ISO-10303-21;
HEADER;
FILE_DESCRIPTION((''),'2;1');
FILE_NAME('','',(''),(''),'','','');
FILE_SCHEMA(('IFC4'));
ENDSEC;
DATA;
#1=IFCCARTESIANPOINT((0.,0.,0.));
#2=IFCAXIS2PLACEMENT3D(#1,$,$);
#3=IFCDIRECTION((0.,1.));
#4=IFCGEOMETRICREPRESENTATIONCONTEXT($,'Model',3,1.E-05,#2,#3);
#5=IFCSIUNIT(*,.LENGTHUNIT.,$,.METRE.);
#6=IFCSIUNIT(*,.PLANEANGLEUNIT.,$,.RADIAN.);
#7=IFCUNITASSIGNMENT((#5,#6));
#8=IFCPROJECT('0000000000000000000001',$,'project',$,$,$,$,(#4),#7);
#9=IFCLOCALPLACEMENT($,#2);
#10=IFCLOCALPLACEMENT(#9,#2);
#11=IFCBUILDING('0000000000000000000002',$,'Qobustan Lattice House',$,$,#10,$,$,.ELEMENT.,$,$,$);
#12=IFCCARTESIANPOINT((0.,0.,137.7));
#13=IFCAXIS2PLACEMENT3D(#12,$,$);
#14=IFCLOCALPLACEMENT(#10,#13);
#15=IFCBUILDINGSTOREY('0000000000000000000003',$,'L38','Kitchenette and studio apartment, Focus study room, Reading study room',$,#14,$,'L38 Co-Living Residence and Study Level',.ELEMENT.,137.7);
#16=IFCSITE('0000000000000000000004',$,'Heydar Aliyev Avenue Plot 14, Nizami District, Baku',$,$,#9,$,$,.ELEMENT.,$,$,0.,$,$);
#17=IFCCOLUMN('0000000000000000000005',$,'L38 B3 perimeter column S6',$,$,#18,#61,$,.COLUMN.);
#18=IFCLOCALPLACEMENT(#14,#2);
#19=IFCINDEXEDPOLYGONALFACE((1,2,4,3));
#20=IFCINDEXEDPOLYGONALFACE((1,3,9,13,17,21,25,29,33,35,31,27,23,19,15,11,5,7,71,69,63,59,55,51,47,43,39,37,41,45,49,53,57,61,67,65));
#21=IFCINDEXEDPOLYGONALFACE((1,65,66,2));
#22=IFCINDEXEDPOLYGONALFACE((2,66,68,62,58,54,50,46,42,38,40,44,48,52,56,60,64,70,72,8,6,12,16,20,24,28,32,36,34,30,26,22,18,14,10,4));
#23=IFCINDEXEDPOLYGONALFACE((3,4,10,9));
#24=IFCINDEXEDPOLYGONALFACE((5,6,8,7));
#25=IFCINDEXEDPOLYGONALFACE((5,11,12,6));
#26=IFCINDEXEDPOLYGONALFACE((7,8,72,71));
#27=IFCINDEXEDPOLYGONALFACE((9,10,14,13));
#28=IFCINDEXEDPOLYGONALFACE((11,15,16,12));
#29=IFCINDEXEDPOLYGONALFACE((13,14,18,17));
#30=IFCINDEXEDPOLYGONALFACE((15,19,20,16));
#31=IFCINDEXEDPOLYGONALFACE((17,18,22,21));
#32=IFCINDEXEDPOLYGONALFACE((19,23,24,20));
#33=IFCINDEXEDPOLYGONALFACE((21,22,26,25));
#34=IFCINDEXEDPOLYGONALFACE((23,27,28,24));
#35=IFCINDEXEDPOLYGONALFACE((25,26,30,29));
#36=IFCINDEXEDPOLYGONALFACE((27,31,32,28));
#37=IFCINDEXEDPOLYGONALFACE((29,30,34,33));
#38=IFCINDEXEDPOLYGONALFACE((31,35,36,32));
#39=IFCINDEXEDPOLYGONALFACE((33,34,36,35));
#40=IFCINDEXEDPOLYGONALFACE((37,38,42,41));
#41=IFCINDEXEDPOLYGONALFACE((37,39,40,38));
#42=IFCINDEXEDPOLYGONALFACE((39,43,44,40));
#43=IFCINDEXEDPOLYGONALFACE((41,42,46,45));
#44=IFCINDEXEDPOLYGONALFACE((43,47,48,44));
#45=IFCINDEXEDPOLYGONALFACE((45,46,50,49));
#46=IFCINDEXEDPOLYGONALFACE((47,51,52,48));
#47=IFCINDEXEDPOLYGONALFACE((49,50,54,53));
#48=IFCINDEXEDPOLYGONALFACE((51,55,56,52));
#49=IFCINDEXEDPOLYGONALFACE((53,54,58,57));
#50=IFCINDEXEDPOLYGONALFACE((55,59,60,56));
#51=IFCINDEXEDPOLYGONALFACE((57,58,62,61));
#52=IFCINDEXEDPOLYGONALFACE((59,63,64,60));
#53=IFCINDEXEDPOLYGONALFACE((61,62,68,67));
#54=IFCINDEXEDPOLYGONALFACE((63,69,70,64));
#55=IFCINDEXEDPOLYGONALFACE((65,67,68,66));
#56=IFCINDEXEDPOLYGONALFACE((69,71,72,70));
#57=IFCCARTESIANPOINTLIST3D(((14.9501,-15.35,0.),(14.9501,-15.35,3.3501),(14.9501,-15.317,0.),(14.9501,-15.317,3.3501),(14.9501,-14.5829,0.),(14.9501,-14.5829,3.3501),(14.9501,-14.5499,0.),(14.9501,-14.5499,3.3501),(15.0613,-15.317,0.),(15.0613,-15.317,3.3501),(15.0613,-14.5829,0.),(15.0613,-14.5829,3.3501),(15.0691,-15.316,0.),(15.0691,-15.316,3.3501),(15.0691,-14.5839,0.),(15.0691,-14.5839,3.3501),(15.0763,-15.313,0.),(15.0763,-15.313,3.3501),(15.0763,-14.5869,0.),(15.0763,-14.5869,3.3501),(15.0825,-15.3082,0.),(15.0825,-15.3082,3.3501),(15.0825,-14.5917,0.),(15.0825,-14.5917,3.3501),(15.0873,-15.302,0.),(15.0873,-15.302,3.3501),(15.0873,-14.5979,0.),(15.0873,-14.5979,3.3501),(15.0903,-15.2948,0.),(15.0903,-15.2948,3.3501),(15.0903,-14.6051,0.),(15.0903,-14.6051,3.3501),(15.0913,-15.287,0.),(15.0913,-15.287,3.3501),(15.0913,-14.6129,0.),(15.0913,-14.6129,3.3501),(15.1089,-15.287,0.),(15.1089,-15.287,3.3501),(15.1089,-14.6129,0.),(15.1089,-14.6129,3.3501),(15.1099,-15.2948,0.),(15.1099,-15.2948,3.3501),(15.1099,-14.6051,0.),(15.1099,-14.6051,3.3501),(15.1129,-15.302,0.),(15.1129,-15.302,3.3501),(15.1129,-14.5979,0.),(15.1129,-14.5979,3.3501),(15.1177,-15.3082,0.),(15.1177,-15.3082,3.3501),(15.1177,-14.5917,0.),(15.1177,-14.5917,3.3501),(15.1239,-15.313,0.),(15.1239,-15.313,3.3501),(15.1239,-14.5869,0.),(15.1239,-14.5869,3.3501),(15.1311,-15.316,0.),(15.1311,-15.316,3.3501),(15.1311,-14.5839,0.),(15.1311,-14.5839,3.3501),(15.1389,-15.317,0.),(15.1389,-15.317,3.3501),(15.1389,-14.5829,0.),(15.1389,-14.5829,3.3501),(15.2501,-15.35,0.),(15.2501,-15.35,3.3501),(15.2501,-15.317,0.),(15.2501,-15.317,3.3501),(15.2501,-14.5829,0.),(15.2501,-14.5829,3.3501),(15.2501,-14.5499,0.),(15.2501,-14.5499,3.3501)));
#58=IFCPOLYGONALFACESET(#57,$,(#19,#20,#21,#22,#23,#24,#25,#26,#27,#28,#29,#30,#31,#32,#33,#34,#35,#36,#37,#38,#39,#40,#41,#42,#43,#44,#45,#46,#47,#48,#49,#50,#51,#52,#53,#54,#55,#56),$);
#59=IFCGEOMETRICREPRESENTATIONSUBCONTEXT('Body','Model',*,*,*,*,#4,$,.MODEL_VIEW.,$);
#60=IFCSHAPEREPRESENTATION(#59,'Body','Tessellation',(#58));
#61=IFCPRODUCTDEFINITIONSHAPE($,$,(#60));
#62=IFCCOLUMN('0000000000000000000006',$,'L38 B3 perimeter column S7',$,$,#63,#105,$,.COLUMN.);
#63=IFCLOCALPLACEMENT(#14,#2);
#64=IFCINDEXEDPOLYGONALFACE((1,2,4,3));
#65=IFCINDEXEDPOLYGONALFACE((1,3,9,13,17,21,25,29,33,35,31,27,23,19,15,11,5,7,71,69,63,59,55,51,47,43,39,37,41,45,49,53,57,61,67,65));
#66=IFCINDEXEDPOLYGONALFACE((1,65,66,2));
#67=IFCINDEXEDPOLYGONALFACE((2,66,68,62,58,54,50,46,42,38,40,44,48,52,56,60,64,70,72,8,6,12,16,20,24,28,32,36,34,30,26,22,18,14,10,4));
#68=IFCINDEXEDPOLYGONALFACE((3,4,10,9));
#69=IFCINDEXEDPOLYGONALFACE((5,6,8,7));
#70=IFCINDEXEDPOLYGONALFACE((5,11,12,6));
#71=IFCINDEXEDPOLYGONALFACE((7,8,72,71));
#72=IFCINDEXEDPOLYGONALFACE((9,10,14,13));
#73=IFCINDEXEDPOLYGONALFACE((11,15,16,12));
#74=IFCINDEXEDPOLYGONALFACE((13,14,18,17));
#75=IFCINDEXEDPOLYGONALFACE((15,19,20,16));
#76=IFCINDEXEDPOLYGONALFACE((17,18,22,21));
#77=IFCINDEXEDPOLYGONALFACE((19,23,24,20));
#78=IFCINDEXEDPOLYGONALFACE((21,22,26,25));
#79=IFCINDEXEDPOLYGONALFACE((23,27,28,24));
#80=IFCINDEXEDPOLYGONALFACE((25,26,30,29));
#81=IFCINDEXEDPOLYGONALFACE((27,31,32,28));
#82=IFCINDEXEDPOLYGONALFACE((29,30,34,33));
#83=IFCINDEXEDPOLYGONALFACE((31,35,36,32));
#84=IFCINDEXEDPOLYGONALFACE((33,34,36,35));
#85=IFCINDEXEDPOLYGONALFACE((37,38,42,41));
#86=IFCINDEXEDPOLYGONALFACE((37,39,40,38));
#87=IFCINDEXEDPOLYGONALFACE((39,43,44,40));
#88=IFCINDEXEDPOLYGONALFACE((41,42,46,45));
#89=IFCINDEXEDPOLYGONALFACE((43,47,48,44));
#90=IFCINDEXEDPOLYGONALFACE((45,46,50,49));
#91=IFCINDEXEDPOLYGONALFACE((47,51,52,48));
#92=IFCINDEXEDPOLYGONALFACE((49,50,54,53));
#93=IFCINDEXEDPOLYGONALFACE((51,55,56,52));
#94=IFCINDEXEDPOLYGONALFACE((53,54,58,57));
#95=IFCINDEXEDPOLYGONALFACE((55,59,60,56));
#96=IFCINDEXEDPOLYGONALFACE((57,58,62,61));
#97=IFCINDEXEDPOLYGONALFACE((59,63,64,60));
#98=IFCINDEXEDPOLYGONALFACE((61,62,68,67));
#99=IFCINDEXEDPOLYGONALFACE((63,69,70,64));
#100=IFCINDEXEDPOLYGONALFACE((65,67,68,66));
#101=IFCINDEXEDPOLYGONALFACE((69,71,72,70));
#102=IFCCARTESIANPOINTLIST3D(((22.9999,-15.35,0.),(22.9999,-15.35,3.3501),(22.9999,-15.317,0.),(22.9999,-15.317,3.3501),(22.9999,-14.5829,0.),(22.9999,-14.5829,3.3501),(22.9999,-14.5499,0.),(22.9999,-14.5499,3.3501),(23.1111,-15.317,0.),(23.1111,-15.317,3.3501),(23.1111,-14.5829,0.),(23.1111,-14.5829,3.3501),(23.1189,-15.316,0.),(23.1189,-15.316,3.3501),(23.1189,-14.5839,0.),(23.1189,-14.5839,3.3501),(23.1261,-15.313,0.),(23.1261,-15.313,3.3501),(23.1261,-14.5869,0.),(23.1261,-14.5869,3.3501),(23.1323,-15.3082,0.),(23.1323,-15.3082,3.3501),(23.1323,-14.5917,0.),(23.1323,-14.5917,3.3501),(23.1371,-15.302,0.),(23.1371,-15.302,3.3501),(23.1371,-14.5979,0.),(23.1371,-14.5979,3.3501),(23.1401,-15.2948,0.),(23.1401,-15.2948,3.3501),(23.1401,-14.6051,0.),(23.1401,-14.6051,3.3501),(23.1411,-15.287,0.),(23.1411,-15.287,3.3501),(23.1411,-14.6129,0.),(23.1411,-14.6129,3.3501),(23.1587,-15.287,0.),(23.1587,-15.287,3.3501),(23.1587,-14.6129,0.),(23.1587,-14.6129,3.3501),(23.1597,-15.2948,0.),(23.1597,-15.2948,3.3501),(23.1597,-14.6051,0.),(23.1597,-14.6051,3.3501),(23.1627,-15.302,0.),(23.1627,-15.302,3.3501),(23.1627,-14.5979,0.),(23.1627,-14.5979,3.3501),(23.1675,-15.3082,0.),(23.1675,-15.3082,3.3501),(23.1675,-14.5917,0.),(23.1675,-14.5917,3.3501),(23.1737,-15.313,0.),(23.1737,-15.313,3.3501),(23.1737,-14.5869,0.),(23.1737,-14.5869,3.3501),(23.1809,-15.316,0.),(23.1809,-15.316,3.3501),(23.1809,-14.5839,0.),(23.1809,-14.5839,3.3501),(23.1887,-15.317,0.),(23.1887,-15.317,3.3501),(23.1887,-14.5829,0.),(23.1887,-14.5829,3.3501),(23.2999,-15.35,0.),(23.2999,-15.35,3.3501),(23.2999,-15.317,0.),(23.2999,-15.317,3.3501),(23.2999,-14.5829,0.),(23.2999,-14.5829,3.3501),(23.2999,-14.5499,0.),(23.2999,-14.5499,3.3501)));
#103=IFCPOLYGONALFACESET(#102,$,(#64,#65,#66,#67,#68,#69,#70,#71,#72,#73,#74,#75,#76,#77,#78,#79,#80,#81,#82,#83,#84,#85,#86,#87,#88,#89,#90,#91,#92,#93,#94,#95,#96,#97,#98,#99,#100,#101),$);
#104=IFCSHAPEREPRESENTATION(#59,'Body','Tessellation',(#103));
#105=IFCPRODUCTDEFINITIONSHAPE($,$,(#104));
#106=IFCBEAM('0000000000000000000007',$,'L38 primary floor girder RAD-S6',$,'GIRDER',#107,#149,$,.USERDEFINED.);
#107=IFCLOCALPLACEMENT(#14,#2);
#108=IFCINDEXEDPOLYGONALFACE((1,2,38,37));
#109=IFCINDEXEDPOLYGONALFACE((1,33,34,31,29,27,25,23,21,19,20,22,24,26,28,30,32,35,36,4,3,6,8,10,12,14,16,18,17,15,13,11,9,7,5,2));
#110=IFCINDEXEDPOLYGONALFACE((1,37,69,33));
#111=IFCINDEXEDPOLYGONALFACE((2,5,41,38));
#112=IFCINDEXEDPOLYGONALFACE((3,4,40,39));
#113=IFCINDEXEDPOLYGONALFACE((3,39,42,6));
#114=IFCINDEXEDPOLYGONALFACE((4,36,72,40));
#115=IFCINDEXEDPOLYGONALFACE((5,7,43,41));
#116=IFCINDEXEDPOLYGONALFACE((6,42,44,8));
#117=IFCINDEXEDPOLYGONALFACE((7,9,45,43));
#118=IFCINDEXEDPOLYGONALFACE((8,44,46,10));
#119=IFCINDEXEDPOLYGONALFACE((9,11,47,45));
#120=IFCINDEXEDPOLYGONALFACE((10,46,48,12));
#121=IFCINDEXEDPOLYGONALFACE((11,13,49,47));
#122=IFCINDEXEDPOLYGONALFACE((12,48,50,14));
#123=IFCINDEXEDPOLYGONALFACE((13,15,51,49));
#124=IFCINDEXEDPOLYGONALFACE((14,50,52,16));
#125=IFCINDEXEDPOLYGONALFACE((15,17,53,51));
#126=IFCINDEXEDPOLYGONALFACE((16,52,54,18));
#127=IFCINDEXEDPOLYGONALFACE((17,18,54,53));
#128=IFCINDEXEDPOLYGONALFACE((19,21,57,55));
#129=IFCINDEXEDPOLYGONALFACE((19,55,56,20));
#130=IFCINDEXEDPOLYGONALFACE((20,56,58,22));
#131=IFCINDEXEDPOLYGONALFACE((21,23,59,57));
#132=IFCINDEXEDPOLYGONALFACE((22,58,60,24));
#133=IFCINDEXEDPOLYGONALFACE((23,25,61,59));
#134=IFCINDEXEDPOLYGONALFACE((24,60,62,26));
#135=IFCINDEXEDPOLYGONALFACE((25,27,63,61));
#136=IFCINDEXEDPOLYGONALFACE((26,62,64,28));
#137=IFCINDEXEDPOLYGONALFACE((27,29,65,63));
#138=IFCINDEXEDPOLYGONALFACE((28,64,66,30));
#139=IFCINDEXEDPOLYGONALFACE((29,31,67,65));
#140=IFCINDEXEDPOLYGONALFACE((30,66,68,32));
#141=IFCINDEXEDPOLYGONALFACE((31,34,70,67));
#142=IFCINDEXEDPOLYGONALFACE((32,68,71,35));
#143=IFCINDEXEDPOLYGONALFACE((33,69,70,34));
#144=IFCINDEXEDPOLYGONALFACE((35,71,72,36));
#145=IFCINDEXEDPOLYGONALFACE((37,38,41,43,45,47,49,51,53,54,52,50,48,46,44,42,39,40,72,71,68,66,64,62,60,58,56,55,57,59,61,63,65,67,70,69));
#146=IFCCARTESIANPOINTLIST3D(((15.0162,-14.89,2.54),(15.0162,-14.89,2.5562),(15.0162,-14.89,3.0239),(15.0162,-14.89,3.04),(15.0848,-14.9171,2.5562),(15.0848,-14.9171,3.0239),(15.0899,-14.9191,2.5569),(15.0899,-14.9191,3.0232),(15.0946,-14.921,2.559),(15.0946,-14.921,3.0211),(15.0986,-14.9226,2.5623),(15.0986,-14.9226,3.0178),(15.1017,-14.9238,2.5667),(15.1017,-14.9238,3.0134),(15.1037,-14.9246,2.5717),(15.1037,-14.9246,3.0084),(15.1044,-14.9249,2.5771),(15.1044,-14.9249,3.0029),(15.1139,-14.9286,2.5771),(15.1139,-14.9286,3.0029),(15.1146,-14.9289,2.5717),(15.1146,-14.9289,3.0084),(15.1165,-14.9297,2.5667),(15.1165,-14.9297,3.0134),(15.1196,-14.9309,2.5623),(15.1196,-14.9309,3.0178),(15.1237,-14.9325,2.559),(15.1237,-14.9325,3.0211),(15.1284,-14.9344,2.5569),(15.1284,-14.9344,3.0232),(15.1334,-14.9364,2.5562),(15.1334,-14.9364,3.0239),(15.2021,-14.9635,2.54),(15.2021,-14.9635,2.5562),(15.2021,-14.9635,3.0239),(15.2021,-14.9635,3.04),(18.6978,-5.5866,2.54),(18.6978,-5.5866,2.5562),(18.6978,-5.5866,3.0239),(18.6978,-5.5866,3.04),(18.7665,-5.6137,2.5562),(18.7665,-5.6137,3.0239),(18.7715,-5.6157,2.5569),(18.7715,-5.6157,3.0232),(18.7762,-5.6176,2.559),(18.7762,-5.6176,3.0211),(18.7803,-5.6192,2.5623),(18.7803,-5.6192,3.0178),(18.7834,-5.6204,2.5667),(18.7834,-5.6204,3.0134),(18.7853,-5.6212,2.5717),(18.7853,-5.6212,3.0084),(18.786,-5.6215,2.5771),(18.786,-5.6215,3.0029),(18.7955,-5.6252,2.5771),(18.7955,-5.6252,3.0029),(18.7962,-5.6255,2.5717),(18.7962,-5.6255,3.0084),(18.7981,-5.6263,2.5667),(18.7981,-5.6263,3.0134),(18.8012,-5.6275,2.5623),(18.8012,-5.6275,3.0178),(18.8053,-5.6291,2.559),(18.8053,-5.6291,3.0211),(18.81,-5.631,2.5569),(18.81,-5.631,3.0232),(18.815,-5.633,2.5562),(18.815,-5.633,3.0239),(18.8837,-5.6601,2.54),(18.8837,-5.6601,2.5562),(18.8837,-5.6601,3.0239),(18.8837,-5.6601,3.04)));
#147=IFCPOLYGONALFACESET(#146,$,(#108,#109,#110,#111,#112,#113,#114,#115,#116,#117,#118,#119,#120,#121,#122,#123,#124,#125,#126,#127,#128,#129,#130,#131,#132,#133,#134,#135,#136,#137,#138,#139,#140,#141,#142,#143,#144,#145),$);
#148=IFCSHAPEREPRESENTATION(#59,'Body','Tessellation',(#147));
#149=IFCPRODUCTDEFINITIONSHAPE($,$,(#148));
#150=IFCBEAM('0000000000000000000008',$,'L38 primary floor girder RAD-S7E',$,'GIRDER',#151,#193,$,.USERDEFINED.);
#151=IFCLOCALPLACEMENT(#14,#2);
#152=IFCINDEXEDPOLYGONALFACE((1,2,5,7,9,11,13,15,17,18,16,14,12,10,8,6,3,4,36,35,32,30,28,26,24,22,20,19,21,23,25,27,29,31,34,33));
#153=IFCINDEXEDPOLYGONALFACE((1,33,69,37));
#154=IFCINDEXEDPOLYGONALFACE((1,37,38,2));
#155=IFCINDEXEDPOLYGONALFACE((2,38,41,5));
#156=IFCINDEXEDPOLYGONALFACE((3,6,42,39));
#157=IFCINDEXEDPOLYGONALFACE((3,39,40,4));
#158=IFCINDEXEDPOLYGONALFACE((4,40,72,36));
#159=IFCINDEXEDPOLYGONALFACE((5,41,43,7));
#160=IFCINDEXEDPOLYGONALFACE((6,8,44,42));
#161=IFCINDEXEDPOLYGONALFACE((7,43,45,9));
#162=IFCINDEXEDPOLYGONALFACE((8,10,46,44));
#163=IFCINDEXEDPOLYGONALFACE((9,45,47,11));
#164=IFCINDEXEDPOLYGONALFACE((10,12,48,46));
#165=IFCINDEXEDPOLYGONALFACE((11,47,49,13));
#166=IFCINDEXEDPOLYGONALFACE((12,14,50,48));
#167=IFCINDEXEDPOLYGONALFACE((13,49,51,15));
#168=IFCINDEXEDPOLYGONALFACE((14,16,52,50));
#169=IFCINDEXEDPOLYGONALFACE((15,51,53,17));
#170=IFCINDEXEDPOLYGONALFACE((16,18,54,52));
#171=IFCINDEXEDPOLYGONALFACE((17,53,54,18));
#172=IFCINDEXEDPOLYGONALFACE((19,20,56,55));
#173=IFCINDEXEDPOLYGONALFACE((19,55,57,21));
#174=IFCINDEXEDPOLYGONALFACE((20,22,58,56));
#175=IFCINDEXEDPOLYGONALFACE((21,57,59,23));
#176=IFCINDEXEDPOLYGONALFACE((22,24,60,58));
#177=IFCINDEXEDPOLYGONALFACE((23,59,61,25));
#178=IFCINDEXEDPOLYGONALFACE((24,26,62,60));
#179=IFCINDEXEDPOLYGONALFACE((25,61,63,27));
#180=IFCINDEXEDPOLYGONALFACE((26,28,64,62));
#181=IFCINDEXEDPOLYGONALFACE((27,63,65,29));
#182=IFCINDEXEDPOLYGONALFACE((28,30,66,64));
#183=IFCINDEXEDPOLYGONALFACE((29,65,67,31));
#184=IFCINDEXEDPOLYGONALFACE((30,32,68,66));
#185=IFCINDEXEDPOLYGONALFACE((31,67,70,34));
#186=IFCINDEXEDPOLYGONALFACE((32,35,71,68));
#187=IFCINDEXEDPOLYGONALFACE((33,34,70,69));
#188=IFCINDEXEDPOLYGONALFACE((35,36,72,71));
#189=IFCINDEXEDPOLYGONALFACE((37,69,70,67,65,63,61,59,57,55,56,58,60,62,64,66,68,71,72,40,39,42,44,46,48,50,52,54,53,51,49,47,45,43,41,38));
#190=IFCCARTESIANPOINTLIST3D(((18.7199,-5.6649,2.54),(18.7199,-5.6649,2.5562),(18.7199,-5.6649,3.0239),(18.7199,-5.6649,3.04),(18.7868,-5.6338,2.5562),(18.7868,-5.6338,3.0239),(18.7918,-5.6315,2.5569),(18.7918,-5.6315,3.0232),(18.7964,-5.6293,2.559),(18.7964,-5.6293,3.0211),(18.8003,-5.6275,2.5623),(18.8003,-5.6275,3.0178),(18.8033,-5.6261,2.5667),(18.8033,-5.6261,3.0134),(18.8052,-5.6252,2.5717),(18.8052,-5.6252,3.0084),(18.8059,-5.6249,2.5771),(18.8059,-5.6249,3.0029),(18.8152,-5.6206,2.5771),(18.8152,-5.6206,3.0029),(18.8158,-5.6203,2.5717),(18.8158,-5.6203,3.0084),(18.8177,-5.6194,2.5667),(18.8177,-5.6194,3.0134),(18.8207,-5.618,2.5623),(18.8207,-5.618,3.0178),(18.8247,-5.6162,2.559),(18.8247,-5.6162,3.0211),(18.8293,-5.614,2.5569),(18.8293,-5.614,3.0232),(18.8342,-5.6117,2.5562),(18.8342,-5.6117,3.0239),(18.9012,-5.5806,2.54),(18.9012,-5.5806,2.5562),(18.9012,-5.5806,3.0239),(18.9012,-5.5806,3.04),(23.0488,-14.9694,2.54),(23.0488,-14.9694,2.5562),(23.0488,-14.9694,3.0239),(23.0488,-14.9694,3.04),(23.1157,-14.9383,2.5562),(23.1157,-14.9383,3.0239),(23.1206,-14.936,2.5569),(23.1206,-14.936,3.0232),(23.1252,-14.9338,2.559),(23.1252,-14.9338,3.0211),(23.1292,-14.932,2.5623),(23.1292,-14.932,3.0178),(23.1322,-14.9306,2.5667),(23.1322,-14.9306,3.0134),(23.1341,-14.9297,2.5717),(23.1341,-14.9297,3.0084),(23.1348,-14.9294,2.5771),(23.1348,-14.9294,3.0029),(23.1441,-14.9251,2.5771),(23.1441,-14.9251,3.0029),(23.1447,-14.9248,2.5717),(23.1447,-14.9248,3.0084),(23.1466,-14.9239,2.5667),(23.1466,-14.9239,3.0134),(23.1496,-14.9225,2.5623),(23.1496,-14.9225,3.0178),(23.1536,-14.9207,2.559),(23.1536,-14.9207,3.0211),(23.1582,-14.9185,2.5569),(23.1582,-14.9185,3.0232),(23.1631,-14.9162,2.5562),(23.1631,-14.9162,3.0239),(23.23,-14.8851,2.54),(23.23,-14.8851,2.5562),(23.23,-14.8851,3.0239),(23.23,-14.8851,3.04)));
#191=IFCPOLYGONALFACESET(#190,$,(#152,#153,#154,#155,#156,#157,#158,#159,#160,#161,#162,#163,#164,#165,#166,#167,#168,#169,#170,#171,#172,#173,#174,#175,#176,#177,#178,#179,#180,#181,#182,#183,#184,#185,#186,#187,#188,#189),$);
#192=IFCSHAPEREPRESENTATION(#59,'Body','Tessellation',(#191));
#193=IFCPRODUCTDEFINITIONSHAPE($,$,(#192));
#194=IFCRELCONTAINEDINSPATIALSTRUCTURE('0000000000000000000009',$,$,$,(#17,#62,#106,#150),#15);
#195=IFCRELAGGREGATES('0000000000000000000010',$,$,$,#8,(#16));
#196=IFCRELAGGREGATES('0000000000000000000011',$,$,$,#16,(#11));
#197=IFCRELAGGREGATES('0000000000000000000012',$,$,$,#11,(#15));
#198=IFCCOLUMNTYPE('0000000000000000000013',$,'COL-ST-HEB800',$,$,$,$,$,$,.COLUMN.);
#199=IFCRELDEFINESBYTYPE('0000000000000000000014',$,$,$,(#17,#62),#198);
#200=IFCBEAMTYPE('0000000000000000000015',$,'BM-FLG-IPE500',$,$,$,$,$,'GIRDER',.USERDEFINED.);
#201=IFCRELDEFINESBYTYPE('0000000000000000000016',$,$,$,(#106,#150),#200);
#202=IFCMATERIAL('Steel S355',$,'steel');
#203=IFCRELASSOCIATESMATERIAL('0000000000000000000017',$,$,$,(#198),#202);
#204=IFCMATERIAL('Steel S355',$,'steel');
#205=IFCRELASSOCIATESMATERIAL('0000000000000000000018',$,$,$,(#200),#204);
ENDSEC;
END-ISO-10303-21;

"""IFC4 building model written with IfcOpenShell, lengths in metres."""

from ifc_helpers import new_model, si_unit, direction, frame, origin, origin_2d, place, context, subcontext, project, spatial, i_section, extrude, material, material_profile, profile_set, type_object, element, save


model = new_model("IFC4")

# Units and contexts
model_context = context("Model", 3, precision=1e-05, world=origin(), true_north=direction((0.0, 1.0)))
body_context = subcontext(model_context, "Body", "Model", "MODEL_VIEW")
ifc_project = project(units=[si_unit("LENGTHUNIT", "METRE"), si_unit("PLANEANGLEUNIT", "RADIAN")], contexts=[model_context])

# Site, building, storey
site_placement = place(None, origin())
site = spatial("IfcSite", under=ifc_project, at=site_placement, Name="Heydar Aliyev Avenue Plot 14, Nizami District, Baku", CompositionType="ELEMENT", RefElevation=0.0)
building_placement = place(site_placement, origin())
building = spatial("IfcBuilding", under=site, at=building_placement, Name="Qobustan Lattice House", CompositionType="ELEMENT")
storey_placement = place(building_placement, frame((0.0, 0.0, 137.7)))
storey = spatial("IfcBuildingStorey", under=building, at=storey_placement, Name="L38", Description="Kitchenette and studio apartment, Focus study room, Reading study room", LongName="L38 Co-Living Residence and Study Level", CompositionType="ELEMENT", Elevation=137.7)

# Columns
ifc_material_1 = material(Name="Steel S355", Category="steel")
ifc_material_profile_1 = material_profile(ifc_material_1, i_section(OverallWidth=0.3, OverallDepth=0.8, WebThickness=0.0176, FlangeThickness=0.033, FilletRadius=0.03, at=origin_2d()), Name="HEB800")
ifc_profile_set_1 = profile_set([ifc_material_profile_1], Name="Steel S355")
column_type = type_object("IfcColumnType", Name="COL-ST-HEB800", PredefinedType="COLUMN", material=ifc_profile_set_1)
for number, where, z_axis, x_axis, name in (
    (1, (15.1001, -14.95, 0.0), (0.0, 0.0, 1.0), (1.0, 0.0, 0.0), "L38 B3 perimeter column S6"),
    (2, (23.1499, -14.95, 0.0), (0.0, 0.0, 1.0), (1.0, 0.0, 0.0), "L38 B3 perimeter column S7"),
):
    element("IfcColumn", number, at=place(storey_placement, frame(where, z_axis=z_axis, x_axis=x_axis)), inside=storey, type_object=column_type, Name=name, PredefinedType="COLUMN", context=body_context, shape_type="SweptSolid", body=[
        extrude(i_section(OverallWidth=0.3, OverallDepth=0.8, WebThickness=0.0176, FlangeThickness=0.033, FilletRadius=0.03, at=origin_2d()), origin(), (0.0, 0.0, 1.0), 3.3501),
    ])

# Beams
ifc_material_2 = material(Name="Steel S355", Category="steel")
ifc_material_profile_2 = material_profile(ifc_material_2, i_section(OverallWidth=0.2, OverallDepth=0.5, WebThickness=0.0103, FlangeThickness=0.0161, FilletRadius=0.021, at=origin_2d()), Name="IPE500")
ifc_profile_set_2 = profile_set([ifc_material_profile_2], Name="Steel S355")
beam_type_1 = type_object("IfcBeamType", Name="BM-FLG-IPE500", ElementType="GIRDER", PredefinedType="USERDEFINED", material=ifc_profile_set_2)
beam_1_placement = place(storey_placement, frame((15.1091, -14.9268, 2.79), z_axis=(0.367964, 0.92984, 0.0), x_axis=(-0.92984, 0.367964, 0.0)))
element("IfcBeam", 3, at=beam_1_placement, inside=storey, type_object=beam_type_1, Name="L38 primary floor girder RAD-S6", ObjectType="GIRDER", PredefinedType="USERDEFINED", context=body_context, shape_type="SweptSolid", body=[
    extrude(i_section(OverallWidth=0.2, OverallDepth=0.5, WebThickness=0.0103, FlangeThickness=0.0161, FilletRadius=0.021, at=origin_2d()), origin(), (0.0, 0.0, 1.0), 10.0054),
])
beam_2_placement = place(storey_placement, frame((23.1394, -14.9272, 2.79), z_axis=(-0.421828, 0.906676, 0.0), x_axis=(-0.906676, -0.421828, 0.0)))
element("IfcBeam", 4, at=beam_2_placement, inside=storey, type_object=beam_type_1, Name="L38 primary floor girder RAD-S7E", ObjectType="GIRDER", PredefinedType="USERDEFINED", context=body_context, shape_type="SweptSolid", body=[
    extrude(i_section(OverallWidth=0.2, OverallDepth=0.5, WebThickness=0.0103, FlangeThickness=0.0161, FilletRadius=0.021, at=origin_2d()), origin(), (0.0, 0.0, 1.0), 10.2622),
])

save(model, "model.ifc")
